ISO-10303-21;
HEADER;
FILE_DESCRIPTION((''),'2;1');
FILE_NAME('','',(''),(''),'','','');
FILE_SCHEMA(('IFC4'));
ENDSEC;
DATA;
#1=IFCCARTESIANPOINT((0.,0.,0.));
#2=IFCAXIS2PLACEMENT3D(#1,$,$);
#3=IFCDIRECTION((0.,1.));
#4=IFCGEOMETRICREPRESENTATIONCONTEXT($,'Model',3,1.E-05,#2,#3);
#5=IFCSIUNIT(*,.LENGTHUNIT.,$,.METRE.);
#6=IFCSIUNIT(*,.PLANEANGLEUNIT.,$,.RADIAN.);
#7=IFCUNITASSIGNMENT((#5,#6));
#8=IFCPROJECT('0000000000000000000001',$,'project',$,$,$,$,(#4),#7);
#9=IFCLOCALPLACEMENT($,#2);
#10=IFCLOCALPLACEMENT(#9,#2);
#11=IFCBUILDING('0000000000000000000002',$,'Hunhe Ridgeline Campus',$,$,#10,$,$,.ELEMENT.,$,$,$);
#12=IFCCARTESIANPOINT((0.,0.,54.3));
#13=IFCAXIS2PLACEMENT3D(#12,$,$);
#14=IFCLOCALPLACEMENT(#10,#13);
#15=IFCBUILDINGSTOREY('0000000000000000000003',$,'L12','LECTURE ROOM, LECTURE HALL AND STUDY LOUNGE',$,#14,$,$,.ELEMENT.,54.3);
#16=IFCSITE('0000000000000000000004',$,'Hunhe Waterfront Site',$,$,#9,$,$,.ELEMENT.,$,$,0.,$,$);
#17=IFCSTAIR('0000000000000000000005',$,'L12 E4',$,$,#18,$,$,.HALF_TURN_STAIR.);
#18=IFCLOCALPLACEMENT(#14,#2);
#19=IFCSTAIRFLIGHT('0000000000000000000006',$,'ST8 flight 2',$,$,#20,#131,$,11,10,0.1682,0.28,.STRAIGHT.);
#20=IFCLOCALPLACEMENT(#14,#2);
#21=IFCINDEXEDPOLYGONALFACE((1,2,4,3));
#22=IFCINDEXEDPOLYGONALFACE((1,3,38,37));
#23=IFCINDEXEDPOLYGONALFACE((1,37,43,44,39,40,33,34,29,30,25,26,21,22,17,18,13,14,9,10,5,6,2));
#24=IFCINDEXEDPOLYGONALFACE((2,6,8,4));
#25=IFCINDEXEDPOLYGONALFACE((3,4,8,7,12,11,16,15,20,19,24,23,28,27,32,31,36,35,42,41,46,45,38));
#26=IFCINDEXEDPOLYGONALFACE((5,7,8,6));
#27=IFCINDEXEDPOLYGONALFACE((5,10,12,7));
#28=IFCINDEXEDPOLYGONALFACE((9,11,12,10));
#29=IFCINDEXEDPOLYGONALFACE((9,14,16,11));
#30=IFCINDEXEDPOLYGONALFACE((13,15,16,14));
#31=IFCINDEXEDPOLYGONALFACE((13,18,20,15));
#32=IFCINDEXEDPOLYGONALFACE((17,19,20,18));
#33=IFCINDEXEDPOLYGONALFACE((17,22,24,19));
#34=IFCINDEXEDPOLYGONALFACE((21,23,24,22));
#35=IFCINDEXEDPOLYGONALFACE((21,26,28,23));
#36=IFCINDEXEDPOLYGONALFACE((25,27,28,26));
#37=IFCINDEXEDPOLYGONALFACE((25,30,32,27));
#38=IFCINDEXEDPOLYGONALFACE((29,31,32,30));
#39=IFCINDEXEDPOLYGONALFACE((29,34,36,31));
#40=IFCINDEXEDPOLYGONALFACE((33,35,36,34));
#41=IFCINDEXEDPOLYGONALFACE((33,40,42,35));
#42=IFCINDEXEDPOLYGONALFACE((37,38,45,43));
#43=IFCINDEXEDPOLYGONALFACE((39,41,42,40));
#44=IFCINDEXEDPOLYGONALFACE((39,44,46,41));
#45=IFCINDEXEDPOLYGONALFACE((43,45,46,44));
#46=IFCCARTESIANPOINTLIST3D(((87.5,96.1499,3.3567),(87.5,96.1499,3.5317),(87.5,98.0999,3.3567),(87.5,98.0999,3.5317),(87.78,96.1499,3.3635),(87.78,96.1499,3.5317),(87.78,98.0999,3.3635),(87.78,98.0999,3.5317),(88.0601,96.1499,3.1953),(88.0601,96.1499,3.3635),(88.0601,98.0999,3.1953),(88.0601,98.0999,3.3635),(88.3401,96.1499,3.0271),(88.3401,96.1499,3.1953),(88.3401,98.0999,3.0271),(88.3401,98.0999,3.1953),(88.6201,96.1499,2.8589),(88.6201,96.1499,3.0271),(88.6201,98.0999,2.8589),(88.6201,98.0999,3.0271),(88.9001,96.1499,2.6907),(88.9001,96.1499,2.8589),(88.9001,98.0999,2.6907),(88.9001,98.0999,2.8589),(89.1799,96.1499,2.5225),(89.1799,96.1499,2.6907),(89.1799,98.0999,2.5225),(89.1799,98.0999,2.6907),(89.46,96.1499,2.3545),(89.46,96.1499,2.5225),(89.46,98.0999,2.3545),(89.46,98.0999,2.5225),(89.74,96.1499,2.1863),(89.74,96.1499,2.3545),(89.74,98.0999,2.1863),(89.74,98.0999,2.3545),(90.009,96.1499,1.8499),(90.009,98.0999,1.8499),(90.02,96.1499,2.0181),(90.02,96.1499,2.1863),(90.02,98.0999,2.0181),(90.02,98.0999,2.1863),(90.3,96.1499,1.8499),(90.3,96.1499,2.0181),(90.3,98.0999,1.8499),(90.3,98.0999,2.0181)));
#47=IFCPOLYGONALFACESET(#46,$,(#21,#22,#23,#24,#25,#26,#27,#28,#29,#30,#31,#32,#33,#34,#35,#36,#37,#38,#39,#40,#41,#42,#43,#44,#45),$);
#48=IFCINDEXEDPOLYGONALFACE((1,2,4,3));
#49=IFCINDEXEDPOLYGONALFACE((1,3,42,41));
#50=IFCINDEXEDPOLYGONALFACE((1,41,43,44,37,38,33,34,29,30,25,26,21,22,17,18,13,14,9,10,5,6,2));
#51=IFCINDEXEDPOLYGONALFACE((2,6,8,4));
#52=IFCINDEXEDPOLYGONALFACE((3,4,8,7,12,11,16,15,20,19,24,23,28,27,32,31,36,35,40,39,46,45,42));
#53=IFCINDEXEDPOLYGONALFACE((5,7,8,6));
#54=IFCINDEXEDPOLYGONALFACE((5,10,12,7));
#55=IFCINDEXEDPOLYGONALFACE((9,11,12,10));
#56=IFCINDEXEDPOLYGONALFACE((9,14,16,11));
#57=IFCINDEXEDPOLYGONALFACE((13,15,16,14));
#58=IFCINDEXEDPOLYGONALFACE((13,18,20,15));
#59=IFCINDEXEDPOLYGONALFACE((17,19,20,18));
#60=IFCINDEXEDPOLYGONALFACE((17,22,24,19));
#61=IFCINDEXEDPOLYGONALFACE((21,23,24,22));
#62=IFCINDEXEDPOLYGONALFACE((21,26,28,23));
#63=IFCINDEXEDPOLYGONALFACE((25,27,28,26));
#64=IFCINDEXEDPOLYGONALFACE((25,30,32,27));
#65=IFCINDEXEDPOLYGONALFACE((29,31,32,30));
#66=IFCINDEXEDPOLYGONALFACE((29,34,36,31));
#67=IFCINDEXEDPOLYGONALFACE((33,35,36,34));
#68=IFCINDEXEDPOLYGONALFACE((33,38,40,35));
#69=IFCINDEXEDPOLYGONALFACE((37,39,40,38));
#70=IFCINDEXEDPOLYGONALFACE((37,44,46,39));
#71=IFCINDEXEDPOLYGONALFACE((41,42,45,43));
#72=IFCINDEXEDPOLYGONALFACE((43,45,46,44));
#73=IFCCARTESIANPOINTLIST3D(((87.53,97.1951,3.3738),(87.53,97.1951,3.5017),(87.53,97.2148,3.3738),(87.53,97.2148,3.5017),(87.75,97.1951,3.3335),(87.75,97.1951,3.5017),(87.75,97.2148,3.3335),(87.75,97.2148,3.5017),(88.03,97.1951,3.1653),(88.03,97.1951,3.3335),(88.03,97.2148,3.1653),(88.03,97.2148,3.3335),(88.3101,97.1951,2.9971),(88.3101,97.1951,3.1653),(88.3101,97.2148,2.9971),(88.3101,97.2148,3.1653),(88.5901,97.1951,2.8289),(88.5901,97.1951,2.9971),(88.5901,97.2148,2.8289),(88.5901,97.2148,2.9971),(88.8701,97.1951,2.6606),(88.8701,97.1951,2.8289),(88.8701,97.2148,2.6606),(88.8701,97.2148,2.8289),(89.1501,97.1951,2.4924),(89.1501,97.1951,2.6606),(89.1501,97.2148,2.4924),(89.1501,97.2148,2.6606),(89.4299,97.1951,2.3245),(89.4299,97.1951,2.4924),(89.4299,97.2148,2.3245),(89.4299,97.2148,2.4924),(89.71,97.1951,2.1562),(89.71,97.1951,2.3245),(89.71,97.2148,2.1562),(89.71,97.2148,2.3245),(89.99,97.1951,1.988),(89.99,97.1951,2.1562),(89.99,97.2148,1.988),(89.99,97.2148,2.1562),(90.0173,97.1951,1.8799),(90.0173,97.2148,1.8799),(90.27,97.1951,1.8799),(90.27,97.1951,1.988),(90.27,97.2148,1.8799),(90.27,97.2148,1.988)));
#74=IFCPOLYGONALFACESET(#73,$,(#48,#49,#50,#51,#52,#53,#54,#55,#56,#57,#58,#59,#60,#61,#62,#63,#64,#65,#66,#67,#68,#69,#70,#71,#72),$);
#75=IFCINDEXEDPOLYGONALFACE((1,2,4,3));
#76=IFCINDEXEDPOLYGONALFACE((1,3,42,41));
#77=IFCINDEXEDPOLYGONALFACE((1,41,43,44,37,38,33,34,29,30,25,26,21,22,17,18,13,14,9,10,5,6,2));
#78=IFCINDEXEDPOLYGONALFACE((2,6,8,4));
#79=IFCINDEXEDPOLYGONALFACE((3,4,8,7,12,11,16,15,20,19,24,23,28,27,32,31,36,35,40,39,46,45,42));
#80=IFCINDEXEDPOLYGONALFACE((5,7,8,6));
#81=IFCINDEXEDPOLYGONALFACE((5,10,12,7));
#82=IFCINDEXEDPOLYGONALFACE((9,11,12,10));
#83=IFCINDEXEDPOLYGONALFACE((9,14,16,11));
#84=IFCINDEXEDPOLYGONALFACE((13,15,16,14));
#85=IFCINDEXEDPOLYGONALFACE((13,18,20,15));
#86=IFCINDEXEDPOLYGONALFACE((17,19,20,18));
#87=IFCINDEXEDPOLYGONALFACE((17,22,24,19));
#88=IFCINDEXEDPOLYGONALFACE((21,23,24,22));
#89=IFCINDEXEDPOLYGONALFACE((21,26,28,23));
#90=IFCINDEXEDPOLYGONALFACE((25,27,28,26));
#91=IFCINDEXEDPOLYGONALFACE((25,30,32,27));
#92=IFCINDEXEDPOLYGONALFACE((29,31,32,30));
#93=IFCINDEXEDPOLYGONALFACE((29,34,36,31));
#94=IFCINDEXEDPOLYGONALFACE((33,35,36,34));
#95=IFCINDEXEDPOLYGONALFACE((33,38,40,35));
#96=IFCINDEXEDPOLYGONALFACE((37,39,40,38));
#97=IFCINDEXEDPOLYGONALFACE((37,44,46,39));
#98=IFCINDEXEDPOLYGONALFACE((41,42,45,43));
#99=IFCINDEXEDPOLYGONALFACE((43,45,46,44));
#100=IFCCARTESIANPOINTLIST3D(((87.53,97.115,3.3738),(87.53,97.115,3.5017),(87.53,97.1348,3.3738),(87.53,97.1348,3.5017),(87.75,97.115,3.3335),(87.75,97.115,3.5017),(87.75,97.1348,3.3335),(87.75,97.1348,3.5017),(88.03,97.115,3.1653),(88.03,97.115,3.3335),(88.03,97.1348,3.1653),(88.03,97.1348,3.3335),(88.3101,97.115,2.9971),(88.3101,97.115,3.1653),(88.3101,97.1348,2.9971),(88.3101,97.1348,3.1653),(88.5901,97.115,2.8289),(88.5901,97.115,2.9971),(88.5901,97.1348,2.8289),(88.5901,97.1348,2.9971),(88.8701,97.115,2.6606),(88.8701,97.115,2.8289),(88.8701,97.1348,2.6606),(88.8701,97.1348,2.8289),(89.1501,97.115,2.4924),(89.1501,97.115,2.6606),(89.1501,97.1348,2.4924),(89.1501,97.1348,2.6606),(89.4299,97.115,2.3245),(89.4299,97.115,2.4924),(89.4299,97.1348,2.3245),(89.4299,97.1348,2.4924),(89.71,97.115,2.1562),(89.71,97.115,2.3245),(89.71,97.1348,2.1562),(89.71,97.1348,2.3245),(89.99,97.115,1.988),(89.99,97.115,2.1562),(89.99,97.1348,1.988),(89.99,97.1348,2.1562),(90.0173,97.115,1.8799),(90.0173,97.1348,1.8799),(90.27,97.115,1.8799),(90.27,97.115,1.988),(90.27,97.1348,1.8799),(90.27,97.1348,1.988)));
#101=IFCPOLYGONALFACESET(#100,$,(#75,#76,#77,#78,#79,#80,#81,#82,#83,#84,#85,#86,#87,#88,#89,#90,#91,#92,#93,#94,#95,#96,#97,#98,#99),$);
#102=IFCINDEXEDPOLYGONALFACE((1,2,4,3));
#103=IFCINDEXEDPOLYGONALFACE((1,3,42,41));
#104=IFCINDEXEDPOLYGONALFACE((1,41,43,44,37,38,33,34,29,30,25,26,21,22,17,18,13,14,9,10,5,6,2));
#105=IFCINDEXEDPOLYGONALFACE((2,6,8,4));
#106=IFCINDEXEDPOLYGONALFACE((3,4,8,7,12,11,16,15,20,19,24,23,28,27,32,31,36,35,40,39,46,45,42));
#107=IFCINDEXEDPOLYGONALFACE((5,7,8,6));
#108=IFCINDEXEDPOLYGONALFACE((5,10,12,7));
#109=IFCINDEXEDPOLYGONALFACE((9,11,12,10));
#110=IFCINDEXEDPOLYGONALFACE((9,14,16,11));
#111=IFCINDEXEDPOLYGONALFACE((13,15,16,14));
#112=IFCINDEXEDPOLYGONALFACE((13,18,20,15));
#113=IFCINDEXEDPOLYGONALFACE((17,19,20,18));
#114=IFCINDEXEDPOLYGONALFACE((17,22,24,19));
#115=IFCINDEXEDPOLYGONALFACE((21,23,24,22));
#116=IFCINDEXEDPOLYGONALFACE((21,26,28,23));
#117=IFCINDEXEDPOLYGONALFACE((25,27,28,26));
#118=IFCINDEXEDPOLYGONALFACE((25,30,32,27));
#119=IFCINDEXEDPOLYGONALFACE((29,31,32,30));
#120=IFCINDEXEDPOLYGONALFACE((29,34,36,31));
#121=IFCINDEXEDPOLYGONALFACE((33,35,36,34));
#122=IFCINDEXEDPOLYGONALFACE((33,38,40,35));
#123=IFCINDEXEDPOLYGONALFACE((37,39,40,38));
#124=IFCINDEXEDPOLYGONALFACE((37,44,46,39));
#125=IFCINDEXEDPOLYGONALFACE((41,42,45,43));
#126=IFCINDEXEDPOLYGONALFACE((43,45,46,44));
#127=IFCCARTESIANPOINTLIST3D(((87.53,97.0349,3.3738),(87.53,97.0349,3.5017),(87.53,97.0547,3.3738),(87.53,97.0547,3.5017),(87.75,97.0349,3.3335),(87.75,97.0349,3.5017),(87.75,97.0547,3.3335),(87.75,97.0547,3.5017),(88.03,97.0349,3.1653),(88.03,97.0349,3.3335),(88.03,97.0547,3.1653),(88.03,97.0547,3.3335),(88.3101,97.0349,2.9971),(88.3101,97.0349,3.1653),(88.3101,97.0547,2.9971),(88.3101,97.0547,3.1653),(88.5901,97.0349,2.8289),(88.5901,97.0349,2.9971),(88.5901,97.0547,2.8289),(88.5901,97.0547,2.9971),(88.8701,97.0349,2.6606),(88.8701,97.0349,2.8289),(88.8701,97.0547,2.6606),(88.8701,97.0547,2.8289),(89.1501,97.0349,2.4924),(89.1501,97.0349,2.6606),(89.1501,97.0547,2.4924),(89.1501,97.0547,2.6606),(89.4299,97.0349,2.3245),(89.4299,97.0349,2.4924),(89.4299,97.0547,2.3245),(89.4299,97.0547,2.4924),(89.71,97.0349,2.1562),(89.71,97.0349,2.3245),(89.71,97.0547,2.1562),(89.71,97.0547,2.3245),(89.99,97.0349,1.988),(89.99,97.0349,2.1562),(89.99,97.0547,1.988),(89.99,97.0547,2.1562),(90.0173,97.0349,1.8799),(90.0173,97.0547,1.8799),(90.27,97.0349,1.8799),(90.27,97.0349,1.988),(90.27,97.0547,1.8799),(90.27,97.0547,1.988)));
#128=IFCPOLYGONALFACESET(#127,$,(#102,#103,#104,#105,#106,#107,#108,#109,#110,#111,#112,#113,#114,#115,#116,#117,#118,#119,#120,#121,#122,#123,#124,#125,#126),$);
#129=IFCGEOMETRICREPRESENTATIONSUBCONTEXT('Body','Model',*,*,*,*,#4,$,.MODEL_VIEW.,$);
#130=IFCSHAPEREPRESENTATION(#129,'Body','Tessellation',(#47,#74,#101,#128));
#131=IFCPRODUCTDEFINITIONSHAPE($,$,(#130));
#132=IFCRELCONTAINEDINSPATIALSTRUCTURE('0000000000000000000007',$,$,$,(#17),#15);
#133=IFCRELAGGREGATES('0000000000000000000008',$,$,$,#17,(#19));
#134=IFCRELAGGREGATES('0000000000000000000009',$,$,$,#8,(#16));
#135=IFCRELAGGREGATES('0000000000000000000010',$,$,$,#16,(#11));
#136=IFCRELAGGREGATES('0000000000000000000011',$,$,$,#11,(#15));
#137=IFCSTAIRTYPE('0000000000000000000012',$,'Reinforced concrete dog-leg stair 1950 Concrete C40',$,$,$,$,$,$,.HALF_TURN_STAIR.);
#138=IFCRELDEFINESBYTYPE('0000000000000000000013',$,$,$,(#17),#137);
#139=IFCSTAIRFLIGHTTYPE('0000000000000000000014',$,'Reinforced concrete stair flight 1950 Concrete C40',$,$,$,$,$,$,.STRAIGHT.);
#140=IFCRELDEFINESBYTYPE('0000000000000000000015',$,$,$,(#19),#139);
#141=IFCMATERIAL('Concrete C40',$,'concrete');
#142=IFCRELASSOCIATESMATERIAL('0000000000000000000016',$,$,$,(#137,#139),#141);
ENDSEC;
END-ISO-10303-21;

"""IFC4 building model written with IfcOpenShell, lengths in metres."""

from ifc_helpers import new_model, si_unit, direction, frame, origin, place, context, subcontext, project, spatial, polyline, outline, extrude, material, type_object, element, aggregate, save


model = new_model("IFC4")

# Units and contexts
model_context = context("Model", 3, precision=1e-05, world=origin(), true_north=direction((0.0, 1.0)))
body_context = subcontext(model_context, "Body", "Model", "MODEL_VIEW")
ifc_project = project(units=[si_unit("LENGTHUNIT", "METRE"), si_unit("PLANEANGLEUNIT", "RADIAN")], contexts=[model_context])

# Site, building, storey
site_placement = place(None, origin())
site = spatial("IfcSite", under=ifc_project, at=site_placement, Name="Hunhe Waterfront Site", CompositionType="ELEMENT", RefElevation=0.0)
building_placement = place(site_placement, origin())
building = spatial("IfcBuilding", under=site, at=building_placement, Name="Hunhe Ridgeline Campus", CompositionType="ELEMENT")
storey_placement = place(building_placement, frame((0.0, 0.0, 54.3)))
storey = spatial("IfcBuildingStorey", under=building, at=storey_placement, Name="L12", Description="LECTURE ROOM, LECTURE HALL AND STUDY LOUNGE", CompositionType="ELEMENT", Elevation=54.3)

# Stair, stair flight
ifc_material_1 = material(Name="Concrete C40", Category="concrete")
stair_type = type_object("IfcStairType", Name="Reinforced concrete dog-leg stair 1950 Concrete C40", PredefinedType="HALF_TURN_STAIR", material=ifc_material_1)
stair_placement = place(storey_placement, origin())
stair = element("IfcStair", 1, at=stair_placement, inside=storey, type_object=stair_type, Name="L12 E4", PredefinedType="HALF_TURN_STAIR")
stair_flight_type = type_object("IfcStairFlightType", Name="Reinforced concrete stair flight 1950 Concrete C40", PredefinedType="STRAIGHT", material=ifc_material_1)
stair_flight_1_placement = place(storey_placement, frame((90.3, 97.125, 1.8499), z_axis=(0.0, 0.0, 1.0), x_axis=(-1.0, 0.0, 0.0)))
stair_flight_1 = element("IfcStairFlight", 2, at=stair_flight_1_placement, type_object=stair_flight_type, Name="ST8 flight 2", NumberOfRisers=11, NumberOfTreads=10, PredefinedType="STRAIGHT", RiserHeight=0.1682, TreadLength=0.28, context=body_context, shape_type="SweptSolid", body=[
    extrude(outline(polyline([(0.0, 0.0), (0.0, 0.1682), (0.28, 0.1682), (0.28, 0.3364), (0.5601, 0.3364), (0.5601, 0.5046), (0.8401, 0.5046), (0.8401, 0.6726), (1.1201, 0.6726), (1.1201, 0.8408), (1.3999, 0.8408), (1.3999, 1.009), (1.6799, 1.009), (1.6799, 1.1772), (1.96, 1.1772), (1.96, 1.3455), (2.24, 1.3455), (2.24, 1.5137), (2.52, 1.5137), (2.52, 1.6819), (2.8, 1.6819), (2.8, 1.8501), (2.8, 1.5068), (0.291, 0.0), (0.0, 0.0)])), frame((0.0, 0.9751, 0.0), z_axis=(0.0, -1.0, 0.0), x_axis=(1.0, 0.0, 0.0)), (0.0, 0.0, 1.0), 1.95),
    extrude(outline(polyline([(0.03, 0.03), (0.03, 0.1382), (0.3101, 0.1382), (0.3101, 0.3064), (0.5901, 0.3064), (0.5901, 0.4746), (0.8701, 0.4746), (0.8701, 0.6426), (1.1499, 0.6426), (1.1499, 0.8108), (1.4299, 0.8108), (1.4299, 0.979), (1.71, 0.979), (1.71, 1.1472), (1.99, 1.1472), (1.99, 1.3154), (2.27, 1.3154), (2.27, 1.4836), (2.55, 1.4836), (2.55, 1.6519), (2.77, 1.6519), (2.77, 1.5239), (0.2827, 0.03), (0.03, 0.03)])), frame((0.0, -0.0701, 0.0), z_axis=(0.0, -1.0, 0.0), x_axis=(1.0, 0.0, 0.0)), (0.0, 0.0, 1.0), 0.0198),
    extrude(outline(polyline([(0.03, 0.03), (0.03, 0.1382), (0.3101, 0.1382), (0.3101, 0.3064), (0.5901, 0.3064), (0.5901, 0.4746), (0.8701, 0.4746), (0.8701, 0.6426), (1.1499, 0.6426), (1.1499, 0.8108), (1.4299, 0.8108), (1.4299, 0.979), (1.71, 0.979), (1.71, 1.1472), (1.99, 1.1472), (1.99, 1.3154), (2.27, 1.3154), (2.27, 1.4836), (2.55, 1.4836), (2.55, 1.6519), (2.77, 1.6519), (2.77, 1.5239), (0.2827, 0.03), (0.03, 0.03)])), frame((0.0, 0.01, 0.0), z_axis=(0.0, -1.0, 0.0), x_axis=(1.0, 0.0, 0.0)), (0.0, 0.0, 1.0), 0.0198),
    extrude(outline(polyline([(0.03, 0.03), (0.03, 0.1382), (0.3101, 0.1382), (0.3101, 0.3064), (0.5901, 0.3064), (0.5901, 0.4746), (0.8701, 0.4746), (0.8701, 0.6426), (1.1499, 0.6426), (1.1499, 0.8108), (1.4299, 0.8108), (1.4299, 0.979), (1.71, 0.979), (1.71, 1.1472), (1.99, 1.1472), (1.99, 1.3154), (2.27, 1.3154), (2.27, 1.4836), (2.55, 1.4836), (2.55, 1.6519), (2.77, 1.6519), (2.77, 1.5239), (0.2827, 0.03), (0.03, 0.03)])), frame((0.0, 0.0901, 0.0), z_axis=(0.0, -1.0, 0.0), x_axis=(1.0, 0.0, 0.0)), (0.0, 0.0, 1.0), 0.0198),
])
aggregate(stair, [stair_flight_1])

save(model, "model.ifc")
